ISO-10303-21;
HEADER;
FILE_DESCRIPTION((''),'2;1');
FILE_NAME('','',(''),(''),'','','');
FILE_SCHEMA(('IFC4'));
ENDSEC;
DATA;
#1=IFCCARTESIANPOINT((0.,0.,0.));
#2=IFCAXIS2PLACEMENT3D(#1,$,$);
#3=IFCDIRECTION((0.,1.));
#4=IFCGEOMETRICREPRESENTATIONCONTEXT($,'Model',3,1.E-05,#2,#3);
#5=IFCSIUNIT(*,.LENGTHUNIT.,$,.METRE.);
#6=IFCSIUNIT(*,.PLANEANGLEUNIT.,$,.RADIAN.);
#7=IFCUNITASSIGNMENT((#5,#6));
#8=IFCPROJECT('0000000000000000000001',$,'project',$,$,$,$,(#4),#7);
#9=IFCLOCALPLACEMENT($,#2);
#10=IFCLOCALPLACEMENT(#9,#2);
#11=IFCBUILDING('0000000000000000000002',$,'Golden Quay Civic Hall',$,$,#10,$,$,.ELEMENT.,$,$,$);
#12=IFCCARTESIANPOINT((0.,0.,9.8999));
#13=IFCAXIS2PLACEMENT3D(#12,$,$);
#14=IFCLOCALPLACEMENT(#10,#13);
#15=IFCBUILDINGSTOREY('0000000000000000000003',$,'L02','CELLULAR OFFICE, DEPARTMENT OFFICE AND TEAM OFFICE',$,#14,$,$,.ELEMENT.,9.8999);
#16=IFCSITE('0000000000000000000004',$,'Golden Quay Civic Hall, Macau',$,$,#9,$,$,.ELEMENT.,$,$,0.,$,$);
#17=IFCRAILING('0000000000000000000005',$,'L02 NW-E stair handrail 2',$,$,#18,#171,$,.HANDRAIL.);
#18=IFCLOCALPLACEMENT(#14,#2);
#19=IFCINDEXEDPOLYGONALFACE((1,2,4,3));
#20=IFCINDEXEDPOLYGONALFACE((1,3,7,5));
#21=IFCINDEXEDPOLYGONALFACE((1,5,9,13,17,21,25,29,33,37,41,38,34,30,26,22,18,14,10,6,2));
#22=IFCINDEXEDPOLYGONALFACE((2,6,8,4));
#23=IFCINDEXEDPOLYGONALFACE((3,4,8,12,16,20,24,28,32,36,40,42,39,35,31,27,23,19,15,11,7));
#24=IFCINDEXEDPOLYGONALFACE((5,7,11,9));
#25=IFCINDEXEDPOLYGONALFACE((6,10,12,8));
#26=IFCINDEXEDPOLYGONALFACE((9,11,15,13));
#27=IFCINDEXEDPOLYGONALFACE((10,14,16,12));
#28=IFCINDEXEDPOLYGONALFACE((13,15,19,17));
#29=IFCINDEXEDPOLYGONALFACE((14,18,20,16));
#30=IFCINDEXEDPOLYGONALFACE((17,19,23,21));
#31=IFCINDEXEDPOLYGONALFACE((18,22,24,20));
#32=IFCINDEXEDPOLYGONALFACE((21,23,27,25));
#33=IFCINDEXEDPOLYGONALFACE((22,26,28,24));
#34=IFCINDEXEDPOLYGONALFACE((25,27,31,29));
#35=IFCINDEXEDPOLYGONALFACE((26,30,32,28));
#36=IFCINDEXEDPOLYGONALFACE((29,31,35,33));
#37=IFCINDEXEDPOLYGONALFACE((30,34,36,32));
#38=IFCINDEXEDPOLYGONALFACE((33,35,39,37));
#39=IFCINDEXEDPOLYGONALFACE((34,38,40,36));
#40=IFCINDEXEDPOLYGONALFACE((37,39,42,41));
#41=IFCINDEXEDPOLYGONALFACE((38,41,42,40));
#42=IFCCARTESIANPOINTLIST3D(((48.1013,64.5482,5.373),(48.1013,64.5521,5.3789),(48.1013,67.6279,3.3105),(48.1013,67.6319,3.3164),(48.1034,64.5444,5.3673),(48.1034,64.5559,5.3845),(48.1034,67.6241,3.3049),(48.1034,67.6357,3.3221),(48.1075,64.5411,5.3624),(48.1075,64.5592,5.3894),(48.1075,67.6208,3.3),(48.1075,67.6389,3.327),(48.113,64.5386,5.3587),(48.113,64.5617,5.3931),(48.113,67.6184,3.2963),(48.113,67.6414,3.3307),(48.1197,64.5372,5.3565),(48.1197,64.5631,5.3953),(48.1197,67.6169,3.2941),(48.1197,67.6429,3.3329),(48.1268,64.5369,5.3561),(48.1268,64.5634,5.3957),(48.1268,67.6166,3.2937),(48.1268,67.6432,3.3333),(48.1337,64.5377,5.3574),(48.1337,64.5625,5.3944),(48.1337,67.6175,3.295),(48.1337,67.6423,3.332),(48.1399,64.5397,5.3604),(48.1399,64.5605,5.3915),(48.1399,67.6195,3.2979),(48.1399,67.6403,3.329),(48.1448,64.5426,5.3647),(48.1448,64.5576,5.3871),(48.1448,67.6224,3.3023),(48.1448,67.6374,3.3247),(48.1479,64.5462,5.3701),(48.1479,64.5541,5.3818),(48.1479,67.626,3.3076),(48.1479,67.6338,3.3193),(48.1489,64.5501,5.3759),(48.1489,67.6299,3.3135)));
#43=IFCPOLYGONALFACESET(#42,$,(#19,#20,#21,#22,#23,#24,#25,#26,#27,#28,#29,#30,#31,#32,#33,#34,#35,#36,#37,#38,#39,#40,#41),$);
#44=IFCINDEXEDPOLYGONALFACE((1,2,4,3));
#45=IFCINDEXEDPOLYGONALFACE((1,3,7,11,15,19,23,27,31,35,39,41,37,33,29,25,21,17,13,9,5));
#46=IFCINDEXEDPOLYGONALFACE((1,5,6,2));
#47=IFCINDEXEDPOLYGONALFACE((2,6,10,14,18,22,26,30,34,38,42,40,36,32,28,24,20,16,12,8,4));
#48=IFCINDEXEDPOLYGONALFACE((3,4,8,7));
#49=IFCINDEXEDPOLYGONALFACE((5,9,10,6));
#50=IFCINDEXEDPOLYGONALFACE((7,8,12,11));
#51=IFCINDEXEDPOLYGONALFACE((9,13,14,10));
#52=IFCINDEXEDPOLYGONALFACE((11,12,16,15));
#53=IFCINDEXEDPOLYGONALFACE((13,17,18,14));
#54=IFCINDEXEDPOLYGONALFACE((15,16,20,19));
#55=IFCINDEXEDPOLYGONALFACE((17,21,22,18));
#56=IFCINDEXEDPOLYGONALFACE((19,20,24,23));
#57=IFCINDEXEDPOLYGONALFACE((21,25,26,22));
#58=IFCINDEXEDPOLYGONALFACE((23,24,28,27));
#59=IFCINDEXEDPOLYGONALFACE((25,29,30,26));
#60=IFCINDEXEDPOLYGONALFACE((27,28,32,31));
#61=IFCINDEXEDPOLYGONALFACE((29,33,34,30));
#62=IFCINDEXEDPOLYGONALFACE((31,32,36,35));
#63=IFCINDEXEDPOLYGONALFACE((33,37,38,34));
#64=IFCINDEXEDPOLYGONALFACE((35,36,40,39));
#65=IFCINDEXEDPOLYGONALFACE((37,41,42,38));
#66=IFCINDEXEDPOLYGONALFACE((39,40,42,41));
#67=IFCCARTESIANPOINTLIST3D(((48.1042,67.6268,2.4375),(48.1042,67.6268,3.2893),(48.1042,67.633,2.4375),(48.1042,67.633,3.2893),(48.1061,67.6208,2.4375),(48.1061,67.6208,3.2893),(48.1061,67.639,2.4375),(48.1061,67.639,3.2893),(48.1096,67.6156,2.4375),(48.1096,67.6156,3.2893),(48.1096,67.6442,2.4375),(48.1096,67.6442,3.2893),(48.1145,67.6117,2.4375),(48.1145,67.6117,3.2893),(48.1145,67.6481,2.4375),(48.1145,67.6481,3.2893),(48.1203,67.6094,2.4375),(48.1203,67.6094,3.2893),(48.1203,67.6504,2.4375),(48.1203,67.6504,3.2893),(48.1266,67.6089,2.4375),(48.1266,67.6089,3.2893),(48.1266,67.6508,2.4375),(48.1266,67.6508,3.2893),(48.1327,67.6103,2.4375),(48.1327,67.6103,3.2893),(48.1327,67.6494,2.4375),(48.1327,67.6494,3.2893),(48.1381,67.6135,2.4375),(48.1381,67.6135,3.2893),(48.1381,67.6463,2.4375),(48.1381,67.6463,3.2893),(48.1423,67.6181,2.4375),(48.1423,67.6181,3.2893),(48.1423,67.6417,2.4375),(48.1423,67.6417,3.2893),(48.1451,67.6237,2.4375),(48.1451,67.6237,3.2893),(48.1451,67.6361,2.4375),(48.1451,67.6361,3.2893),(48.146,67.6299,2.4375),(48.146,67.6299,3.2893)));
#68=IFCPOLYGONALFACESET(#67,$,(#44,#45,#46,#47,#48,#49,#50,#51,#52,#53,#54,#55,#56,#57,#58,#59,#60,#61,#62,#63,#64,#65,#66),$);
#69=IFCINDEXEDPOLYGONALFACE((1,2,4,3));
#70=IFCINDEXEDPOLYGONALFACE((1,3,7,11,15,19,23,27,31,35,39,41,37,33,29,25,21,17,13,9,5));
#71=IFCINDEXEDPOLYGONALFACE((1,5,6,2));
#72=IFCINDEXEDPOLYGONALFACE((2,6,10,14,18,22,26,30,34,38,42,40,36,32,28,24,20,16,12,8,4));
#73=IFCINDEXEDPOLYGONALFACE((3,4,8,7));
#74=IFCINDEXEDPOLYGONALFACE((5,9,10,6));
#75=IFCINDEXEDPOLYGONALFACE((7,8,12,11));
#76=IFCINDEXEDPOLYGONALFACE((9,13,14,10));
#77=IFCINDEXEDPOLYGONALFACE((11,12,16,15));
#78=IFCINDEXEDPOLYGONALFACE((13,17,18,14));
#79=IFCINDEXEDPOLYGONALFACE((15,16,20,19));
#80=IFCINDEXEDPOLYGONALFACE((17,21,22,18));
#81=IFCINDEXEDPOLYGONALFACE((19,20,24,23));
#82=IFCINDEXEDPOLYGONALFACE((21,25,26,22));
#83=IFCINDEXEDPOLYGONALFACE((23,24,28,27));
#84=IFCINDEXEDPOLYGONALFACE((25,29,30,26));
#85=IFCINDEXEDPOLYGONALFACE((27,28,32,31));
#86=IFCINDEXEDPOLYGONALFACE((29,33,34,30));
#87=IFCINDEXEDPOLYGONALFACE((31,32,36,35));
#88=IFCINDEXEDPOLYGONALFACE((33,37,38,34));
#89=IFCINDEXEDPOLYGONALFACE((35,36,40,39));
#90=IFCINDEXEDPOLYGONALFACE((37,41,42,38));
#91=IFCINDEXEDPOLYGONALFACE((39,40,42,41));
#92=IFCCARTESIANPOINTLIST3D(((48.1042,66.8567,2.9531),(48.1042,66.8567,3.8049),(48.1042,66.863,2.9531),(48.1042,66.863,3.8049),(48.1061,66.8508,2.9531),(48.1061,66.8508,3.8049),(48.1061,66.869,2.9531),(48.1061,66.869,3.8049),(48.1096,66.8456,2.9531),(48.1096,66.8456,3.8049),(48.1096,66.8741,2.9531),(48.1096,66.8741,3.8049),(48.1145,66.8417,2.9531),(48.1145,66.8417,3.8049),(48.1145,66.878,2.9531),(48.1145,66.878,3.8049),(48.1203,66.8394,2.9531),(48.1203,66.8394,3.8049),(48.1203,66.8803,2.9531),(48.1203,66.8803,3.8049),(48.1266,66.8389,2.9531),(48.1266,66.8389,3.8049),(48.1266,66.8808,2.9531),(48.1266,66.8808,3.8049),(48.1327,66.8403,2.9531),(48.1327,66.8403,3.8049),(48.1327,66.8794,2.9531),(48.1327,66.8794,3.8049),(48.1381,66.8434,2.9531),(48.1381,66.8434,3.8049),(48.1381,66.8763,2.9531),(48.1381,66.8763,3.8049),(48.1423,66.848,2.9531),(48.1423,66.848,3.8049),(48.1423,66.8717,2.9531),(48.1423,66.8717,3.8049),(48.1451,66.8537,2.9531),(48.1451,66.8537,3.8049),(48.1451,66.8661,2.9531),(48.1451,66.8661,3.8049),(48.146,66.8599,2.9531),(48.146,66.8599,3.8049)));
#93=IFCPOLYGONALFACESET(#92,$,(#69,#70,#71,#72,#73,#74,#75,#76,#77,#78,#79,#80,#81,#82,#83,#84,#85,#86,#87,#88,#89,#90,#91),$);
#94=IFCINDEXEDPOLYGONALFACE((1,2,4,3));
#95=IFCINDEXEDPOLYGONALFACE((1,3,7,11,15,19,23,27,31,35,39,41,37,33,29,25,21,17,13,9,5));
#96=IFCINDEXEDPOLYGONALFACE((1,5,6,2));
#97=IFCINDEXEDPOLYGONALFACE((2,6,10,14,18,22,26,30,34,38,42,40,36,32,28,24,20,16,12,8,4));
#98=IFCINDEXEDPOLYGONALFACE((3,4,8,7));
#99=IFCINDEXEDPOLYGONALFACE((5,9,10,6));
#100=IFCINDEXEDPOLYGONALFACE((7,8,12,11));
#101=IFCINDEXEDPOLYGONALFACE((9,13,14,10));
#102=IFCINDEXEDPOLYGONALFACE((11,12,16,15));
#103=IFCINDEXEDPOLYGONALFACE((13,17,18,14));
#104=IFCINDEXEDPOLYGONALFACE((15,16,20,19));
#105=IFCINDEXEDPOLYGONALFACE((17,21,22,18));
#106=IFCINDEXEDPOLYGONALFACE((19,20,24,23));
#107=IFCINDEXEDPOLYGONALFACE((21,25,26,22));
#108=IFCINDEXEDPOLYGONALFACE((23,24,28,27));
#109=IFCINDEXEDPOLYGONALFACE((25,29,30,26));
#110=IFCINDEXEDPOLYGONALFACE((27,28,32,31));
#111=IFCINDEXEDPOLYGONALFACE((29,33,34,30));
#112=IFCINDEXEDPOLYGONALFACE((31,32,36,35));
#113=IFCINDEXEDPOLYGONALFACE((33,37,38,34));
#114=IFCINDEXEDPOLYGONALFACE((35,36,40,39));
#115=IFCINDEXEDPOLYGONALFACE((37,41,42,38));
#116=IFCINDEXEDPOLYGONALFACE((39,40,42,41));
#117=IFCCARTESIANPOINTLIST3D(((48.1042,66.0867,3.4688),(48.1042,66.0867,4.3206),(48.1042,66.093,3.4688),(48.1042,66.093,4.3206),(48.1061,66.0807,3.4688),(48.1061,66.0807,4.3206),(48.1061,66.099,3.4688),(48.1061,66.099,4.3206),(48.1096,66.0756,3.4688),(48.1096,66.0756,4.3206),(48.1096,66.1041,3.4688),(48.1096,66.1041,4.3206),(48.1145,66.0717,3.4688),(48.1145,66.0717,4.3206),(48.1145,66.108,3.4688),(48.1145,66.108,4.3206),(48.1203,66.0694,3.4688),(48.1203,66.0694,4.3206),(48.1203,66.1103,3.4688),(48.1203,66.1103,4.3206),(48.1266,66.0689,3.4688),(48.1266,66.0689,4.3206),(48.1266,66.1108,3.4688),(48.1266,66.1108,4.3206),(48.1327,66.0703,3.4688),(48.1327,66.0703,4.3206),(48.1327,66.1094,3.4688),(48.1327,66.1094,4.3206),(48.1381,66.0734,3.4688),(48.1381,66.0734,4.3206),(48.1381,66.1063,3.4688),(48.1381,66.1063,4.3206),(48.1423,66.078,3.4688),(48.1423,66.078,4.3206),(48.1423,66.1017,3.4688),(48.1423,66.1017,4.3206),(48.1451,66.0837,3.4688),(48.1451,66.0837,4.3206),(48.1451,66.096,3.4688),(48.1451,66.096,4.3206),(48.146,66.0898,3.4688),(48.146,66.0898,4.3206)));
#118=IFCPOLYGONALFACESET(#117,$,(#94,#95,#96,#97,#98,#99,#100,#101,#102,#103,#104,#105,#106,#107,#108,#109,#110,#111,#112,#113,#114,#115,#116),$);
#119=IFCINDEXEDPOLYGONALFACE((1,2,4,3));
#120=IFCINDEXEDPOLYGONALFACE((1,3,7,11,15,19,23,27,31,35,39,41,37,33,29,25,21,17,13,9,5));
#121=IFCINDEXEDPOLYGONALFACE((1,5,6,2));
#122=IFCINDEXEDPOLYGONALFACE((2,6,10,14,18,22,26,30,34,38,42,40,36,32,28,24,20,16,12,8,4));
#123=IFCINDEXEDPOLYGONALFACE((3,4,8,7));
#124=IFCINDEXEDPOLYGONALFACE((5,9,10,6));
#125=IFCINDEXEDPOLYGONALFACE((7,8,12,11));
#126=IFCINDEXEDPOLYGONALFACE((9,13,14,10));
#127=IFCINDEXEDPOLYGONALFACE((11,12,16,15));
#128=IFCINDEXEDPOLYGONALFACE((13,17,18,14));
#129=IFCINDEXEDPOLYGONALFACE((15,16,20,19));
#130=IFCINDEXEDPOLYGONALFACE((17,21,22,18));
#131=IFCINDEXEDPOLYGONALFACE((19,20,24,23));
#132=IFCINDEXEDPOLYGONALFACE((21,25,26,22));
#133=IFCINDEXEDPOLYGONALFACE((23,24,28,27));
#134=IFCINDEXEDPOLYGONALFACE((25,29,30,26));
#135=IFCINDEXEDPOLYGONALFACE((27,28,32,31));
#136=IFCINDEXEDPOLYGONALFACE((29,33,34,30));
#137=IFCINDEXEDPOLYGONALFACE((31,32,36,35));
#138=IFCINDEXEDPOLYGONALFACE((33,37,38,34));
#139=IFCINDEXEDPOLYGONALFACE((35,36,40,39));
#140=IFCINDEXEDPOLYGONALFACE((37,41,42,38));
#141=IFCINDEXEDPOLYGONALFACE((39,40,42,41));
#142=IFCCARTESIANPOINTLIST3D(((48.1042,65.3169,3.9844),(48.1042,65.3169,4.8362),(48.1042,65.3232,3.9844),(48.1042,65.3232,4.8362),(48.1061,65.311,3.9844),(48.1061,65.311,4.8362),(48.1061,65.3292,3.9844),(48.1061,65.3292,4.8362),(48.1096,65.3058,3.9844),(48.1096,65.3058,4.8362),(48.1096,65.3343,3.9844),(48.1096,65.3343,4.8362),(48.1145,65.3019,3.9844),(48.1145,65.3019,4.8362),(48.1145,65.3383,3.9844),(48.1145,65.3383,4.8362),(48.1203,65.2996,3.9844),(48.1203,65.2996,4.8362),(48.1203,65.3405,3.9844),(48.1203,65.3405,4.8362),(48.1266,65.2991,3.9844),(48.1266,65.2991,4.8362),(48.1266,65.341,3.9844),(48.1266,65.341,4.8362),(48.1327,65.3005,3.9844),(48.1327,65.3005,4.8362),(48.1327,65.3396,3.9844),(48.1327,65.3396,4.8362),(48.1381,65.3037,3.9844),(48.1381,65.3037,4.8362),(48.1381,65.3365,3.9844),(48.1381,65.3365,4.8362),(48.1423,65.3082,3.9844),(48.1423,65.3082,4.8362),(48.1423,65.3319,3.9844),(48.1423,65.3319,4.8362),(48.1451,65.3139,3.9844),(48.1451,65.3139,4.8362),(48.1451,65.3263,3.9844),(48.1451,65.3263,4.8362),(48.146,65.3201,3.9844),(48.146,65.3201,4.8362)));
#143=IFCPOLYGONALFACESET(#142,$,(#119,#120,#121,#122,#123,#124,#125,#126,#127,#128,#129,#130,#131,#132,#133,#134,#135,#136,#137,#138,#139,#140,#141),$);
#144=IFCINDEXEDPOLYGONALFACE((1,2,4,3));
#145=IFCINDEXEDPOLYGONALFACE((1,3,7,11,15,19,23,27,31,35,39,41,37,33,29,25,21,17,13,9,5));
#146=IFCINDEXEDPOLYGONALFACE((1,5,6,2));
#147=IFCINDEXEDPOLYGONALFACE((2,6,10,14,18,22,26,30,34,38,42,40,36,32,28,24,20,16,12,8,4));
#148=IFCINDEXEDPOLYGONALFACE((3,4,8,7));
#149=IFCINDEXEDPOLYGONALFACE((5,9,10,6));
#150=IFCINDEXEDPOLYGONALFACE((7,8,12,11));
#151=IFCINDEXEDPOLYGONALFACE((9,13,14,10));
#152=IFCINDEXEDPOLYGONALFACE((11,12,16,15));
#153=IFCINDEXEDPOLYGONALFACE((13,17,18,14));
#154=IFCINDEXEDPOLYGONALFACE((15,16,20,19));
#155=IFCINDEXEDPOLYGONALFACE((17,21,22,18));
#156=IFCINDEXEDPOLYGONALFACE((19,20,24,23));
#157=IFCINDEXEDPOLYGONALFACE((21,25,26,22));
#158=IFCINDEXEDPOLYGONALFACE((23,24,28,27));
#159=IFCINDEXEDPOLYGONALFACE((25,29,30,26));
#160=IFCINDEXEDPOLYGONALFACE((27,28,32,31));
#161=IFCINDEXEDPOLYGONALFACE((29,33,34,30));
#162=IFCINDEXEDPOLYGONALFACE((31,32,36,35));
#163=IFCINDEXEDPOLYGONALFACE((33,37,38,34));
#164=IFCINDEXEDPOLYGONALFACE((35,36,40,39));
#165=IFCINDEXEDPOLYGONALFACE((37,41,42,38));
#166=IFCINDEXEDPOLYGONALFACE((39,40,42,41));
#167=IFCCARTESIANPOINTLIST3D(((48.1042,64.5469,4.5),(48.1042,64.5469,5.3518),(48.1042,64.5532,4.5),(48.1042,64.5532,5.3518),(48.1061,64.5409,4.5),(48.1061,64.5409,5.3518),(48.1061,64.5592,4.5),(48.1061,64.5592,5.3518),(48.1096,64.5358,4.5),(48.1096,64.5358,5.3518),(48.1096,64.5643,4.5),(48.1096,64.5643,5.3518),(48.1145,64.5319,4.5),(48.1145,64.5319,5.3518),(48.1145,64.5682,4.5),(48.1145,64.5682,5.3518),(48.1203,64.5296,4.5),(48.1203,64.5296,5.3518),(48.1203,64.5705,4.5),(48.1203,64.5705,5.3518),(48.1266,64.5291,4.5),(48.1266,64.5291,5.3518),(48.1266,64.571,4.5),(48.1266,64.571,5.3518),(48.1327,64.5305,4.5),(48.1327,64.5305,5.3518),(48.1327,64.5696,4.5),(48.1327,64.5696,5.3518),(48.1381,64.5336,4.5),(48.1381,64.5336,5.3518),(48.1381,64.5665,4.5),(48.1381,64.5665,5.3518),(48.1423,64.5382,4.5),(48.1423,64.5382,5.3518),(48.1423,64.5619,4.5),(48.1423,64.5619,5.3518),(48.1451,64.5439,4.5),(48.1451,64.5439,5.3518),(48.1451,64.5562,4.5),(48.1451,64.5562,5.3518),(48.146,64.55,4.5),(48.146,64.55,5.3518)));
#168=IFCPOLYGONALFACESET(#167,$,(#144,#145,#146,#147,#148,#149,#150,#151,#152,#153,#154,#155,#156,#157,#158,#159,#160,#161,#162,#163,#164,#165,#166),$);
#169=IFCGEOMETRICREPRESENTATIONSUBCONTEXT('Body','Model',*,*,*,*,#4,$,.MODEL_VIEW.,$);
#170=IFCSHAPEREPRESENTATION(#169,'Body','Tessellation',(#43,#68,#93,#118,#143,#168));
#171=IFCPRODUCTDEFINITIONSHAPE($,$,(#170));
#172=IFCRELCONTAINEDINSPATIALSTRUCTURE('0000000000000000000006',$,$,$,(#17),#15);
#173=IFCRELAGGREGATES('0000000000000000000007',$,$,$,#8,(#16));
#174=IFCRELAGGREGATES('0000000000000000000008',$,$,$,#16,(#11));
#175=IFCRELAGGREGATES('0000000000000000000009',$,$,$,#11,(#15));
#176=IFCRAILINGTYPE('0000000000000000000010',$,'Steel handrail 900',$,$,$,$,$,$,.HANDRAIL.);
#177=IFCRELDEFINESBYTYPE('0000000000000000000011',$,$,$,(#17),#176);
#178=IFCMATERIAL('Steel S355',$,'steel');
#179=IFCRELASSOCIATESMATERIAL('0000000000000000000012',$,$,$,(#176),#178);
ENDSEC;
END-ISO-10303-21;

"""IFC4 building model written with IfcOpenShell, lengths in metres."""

from ifc_helpers import new_model, si_unit, direction, frame, origin, origin_2d, place, context, subcontext, project, spatial, circle, extrude, material, type_object, element, save


model = new_model("IFC4")

# Units and contexts
model_context = context("Model", 3, precision=1e-05, world=origin(), true_north=direction((0.0, 1.0)))
body_context = subcontext(model_context, "Body", "Model", "MODEL_VIEW")
ifc_project = project(units=[si_unit("LENGTHUNIT", "METRE"), si_unit("PLANEANGLEUNIT", "RADIAN")], contexts=[model_context])

# Site, building, storey
site_placement = place(None, origin())
site = spatial("IfcSite", under=ifc_project, at=site_placement, Name="Golden Quay Civic Hall, Macau", CompositionType="ELEMENT", RefElevation=0.0)
building_placement = place(site_placement, origin())
building = spatial("IfcBuilding", under=site, at=building_placement, Name="Golden Quay Civic Hall", CompositionType="ELEMENT")
storey_placement = place(building_placement, frame((0.0, 0.0, 9.8999)))
storey = spatial("IfcBuildingStorey", under=building, at=storey_placement, Name="L02", Description="CELLULAR OFFICE, DEPARTMENT OFFICE AND TEAM OFFICE", CompositionType="ELEMENT", Elevation=9.8999)

# Railing
ifc_material_1 = material(Name="Steel S355", Category="steel")
railing_type_1 = type_object("IfcRailingType", Name="Steel handrail 900", PredefinedType="HANDRAIL", material=ifc_material_1)
railing_1_placement = place(storey_placement, frame((48.125, 67.6299, 2.4375)))
element("IfcRailing", 1, at=railing_1_placement, inside=storey, type_object=railing_type_1, Name="L02 NW-E stair handrail 2", PredefinedType="HANDRAIL", context=body_context, shape_type="SweptSolid", body=[
    extrude(circle(Radius=0.0239, at=origin_2d()), frame((0.0, 0.0, 0.876), z_axis=(0.0, -0.830893, 0.556432), x_axis=(1.0, 0.0, 0.0)), (0.0, 0.0, 1.0), 3.7065),
    extrude(circle(Radius=0.021, at=origin_2d()), origin(), (0.0, 0.0, 1.0), 0.8518),
    extrude(circle(Radius=0.021, at=origin_2d()), frame((0.0, -0.77, 0.5156)), (0.0, 0.0, 1.0), 0.8518),
    extrude(circle(Radius=0.021, at=origin_2d()), frame((0.0, -1.54, 1.0312)), (0.0, 0.0, 1.0), 0.8518),
    extrude(circle(Radius=0.021, at=origin_2d()), frame((0.0, -2.3098, 1.5469)), (0.0, 0.0, 1.0), 0.8518),
    extrude(circle(Radius=0.021, at=origin_2d()), frame((0.0, -3.0798, 2.0625)), (0.0, 0.0, 1.0), 0.8518),
])

save(model, "model.ifc")
